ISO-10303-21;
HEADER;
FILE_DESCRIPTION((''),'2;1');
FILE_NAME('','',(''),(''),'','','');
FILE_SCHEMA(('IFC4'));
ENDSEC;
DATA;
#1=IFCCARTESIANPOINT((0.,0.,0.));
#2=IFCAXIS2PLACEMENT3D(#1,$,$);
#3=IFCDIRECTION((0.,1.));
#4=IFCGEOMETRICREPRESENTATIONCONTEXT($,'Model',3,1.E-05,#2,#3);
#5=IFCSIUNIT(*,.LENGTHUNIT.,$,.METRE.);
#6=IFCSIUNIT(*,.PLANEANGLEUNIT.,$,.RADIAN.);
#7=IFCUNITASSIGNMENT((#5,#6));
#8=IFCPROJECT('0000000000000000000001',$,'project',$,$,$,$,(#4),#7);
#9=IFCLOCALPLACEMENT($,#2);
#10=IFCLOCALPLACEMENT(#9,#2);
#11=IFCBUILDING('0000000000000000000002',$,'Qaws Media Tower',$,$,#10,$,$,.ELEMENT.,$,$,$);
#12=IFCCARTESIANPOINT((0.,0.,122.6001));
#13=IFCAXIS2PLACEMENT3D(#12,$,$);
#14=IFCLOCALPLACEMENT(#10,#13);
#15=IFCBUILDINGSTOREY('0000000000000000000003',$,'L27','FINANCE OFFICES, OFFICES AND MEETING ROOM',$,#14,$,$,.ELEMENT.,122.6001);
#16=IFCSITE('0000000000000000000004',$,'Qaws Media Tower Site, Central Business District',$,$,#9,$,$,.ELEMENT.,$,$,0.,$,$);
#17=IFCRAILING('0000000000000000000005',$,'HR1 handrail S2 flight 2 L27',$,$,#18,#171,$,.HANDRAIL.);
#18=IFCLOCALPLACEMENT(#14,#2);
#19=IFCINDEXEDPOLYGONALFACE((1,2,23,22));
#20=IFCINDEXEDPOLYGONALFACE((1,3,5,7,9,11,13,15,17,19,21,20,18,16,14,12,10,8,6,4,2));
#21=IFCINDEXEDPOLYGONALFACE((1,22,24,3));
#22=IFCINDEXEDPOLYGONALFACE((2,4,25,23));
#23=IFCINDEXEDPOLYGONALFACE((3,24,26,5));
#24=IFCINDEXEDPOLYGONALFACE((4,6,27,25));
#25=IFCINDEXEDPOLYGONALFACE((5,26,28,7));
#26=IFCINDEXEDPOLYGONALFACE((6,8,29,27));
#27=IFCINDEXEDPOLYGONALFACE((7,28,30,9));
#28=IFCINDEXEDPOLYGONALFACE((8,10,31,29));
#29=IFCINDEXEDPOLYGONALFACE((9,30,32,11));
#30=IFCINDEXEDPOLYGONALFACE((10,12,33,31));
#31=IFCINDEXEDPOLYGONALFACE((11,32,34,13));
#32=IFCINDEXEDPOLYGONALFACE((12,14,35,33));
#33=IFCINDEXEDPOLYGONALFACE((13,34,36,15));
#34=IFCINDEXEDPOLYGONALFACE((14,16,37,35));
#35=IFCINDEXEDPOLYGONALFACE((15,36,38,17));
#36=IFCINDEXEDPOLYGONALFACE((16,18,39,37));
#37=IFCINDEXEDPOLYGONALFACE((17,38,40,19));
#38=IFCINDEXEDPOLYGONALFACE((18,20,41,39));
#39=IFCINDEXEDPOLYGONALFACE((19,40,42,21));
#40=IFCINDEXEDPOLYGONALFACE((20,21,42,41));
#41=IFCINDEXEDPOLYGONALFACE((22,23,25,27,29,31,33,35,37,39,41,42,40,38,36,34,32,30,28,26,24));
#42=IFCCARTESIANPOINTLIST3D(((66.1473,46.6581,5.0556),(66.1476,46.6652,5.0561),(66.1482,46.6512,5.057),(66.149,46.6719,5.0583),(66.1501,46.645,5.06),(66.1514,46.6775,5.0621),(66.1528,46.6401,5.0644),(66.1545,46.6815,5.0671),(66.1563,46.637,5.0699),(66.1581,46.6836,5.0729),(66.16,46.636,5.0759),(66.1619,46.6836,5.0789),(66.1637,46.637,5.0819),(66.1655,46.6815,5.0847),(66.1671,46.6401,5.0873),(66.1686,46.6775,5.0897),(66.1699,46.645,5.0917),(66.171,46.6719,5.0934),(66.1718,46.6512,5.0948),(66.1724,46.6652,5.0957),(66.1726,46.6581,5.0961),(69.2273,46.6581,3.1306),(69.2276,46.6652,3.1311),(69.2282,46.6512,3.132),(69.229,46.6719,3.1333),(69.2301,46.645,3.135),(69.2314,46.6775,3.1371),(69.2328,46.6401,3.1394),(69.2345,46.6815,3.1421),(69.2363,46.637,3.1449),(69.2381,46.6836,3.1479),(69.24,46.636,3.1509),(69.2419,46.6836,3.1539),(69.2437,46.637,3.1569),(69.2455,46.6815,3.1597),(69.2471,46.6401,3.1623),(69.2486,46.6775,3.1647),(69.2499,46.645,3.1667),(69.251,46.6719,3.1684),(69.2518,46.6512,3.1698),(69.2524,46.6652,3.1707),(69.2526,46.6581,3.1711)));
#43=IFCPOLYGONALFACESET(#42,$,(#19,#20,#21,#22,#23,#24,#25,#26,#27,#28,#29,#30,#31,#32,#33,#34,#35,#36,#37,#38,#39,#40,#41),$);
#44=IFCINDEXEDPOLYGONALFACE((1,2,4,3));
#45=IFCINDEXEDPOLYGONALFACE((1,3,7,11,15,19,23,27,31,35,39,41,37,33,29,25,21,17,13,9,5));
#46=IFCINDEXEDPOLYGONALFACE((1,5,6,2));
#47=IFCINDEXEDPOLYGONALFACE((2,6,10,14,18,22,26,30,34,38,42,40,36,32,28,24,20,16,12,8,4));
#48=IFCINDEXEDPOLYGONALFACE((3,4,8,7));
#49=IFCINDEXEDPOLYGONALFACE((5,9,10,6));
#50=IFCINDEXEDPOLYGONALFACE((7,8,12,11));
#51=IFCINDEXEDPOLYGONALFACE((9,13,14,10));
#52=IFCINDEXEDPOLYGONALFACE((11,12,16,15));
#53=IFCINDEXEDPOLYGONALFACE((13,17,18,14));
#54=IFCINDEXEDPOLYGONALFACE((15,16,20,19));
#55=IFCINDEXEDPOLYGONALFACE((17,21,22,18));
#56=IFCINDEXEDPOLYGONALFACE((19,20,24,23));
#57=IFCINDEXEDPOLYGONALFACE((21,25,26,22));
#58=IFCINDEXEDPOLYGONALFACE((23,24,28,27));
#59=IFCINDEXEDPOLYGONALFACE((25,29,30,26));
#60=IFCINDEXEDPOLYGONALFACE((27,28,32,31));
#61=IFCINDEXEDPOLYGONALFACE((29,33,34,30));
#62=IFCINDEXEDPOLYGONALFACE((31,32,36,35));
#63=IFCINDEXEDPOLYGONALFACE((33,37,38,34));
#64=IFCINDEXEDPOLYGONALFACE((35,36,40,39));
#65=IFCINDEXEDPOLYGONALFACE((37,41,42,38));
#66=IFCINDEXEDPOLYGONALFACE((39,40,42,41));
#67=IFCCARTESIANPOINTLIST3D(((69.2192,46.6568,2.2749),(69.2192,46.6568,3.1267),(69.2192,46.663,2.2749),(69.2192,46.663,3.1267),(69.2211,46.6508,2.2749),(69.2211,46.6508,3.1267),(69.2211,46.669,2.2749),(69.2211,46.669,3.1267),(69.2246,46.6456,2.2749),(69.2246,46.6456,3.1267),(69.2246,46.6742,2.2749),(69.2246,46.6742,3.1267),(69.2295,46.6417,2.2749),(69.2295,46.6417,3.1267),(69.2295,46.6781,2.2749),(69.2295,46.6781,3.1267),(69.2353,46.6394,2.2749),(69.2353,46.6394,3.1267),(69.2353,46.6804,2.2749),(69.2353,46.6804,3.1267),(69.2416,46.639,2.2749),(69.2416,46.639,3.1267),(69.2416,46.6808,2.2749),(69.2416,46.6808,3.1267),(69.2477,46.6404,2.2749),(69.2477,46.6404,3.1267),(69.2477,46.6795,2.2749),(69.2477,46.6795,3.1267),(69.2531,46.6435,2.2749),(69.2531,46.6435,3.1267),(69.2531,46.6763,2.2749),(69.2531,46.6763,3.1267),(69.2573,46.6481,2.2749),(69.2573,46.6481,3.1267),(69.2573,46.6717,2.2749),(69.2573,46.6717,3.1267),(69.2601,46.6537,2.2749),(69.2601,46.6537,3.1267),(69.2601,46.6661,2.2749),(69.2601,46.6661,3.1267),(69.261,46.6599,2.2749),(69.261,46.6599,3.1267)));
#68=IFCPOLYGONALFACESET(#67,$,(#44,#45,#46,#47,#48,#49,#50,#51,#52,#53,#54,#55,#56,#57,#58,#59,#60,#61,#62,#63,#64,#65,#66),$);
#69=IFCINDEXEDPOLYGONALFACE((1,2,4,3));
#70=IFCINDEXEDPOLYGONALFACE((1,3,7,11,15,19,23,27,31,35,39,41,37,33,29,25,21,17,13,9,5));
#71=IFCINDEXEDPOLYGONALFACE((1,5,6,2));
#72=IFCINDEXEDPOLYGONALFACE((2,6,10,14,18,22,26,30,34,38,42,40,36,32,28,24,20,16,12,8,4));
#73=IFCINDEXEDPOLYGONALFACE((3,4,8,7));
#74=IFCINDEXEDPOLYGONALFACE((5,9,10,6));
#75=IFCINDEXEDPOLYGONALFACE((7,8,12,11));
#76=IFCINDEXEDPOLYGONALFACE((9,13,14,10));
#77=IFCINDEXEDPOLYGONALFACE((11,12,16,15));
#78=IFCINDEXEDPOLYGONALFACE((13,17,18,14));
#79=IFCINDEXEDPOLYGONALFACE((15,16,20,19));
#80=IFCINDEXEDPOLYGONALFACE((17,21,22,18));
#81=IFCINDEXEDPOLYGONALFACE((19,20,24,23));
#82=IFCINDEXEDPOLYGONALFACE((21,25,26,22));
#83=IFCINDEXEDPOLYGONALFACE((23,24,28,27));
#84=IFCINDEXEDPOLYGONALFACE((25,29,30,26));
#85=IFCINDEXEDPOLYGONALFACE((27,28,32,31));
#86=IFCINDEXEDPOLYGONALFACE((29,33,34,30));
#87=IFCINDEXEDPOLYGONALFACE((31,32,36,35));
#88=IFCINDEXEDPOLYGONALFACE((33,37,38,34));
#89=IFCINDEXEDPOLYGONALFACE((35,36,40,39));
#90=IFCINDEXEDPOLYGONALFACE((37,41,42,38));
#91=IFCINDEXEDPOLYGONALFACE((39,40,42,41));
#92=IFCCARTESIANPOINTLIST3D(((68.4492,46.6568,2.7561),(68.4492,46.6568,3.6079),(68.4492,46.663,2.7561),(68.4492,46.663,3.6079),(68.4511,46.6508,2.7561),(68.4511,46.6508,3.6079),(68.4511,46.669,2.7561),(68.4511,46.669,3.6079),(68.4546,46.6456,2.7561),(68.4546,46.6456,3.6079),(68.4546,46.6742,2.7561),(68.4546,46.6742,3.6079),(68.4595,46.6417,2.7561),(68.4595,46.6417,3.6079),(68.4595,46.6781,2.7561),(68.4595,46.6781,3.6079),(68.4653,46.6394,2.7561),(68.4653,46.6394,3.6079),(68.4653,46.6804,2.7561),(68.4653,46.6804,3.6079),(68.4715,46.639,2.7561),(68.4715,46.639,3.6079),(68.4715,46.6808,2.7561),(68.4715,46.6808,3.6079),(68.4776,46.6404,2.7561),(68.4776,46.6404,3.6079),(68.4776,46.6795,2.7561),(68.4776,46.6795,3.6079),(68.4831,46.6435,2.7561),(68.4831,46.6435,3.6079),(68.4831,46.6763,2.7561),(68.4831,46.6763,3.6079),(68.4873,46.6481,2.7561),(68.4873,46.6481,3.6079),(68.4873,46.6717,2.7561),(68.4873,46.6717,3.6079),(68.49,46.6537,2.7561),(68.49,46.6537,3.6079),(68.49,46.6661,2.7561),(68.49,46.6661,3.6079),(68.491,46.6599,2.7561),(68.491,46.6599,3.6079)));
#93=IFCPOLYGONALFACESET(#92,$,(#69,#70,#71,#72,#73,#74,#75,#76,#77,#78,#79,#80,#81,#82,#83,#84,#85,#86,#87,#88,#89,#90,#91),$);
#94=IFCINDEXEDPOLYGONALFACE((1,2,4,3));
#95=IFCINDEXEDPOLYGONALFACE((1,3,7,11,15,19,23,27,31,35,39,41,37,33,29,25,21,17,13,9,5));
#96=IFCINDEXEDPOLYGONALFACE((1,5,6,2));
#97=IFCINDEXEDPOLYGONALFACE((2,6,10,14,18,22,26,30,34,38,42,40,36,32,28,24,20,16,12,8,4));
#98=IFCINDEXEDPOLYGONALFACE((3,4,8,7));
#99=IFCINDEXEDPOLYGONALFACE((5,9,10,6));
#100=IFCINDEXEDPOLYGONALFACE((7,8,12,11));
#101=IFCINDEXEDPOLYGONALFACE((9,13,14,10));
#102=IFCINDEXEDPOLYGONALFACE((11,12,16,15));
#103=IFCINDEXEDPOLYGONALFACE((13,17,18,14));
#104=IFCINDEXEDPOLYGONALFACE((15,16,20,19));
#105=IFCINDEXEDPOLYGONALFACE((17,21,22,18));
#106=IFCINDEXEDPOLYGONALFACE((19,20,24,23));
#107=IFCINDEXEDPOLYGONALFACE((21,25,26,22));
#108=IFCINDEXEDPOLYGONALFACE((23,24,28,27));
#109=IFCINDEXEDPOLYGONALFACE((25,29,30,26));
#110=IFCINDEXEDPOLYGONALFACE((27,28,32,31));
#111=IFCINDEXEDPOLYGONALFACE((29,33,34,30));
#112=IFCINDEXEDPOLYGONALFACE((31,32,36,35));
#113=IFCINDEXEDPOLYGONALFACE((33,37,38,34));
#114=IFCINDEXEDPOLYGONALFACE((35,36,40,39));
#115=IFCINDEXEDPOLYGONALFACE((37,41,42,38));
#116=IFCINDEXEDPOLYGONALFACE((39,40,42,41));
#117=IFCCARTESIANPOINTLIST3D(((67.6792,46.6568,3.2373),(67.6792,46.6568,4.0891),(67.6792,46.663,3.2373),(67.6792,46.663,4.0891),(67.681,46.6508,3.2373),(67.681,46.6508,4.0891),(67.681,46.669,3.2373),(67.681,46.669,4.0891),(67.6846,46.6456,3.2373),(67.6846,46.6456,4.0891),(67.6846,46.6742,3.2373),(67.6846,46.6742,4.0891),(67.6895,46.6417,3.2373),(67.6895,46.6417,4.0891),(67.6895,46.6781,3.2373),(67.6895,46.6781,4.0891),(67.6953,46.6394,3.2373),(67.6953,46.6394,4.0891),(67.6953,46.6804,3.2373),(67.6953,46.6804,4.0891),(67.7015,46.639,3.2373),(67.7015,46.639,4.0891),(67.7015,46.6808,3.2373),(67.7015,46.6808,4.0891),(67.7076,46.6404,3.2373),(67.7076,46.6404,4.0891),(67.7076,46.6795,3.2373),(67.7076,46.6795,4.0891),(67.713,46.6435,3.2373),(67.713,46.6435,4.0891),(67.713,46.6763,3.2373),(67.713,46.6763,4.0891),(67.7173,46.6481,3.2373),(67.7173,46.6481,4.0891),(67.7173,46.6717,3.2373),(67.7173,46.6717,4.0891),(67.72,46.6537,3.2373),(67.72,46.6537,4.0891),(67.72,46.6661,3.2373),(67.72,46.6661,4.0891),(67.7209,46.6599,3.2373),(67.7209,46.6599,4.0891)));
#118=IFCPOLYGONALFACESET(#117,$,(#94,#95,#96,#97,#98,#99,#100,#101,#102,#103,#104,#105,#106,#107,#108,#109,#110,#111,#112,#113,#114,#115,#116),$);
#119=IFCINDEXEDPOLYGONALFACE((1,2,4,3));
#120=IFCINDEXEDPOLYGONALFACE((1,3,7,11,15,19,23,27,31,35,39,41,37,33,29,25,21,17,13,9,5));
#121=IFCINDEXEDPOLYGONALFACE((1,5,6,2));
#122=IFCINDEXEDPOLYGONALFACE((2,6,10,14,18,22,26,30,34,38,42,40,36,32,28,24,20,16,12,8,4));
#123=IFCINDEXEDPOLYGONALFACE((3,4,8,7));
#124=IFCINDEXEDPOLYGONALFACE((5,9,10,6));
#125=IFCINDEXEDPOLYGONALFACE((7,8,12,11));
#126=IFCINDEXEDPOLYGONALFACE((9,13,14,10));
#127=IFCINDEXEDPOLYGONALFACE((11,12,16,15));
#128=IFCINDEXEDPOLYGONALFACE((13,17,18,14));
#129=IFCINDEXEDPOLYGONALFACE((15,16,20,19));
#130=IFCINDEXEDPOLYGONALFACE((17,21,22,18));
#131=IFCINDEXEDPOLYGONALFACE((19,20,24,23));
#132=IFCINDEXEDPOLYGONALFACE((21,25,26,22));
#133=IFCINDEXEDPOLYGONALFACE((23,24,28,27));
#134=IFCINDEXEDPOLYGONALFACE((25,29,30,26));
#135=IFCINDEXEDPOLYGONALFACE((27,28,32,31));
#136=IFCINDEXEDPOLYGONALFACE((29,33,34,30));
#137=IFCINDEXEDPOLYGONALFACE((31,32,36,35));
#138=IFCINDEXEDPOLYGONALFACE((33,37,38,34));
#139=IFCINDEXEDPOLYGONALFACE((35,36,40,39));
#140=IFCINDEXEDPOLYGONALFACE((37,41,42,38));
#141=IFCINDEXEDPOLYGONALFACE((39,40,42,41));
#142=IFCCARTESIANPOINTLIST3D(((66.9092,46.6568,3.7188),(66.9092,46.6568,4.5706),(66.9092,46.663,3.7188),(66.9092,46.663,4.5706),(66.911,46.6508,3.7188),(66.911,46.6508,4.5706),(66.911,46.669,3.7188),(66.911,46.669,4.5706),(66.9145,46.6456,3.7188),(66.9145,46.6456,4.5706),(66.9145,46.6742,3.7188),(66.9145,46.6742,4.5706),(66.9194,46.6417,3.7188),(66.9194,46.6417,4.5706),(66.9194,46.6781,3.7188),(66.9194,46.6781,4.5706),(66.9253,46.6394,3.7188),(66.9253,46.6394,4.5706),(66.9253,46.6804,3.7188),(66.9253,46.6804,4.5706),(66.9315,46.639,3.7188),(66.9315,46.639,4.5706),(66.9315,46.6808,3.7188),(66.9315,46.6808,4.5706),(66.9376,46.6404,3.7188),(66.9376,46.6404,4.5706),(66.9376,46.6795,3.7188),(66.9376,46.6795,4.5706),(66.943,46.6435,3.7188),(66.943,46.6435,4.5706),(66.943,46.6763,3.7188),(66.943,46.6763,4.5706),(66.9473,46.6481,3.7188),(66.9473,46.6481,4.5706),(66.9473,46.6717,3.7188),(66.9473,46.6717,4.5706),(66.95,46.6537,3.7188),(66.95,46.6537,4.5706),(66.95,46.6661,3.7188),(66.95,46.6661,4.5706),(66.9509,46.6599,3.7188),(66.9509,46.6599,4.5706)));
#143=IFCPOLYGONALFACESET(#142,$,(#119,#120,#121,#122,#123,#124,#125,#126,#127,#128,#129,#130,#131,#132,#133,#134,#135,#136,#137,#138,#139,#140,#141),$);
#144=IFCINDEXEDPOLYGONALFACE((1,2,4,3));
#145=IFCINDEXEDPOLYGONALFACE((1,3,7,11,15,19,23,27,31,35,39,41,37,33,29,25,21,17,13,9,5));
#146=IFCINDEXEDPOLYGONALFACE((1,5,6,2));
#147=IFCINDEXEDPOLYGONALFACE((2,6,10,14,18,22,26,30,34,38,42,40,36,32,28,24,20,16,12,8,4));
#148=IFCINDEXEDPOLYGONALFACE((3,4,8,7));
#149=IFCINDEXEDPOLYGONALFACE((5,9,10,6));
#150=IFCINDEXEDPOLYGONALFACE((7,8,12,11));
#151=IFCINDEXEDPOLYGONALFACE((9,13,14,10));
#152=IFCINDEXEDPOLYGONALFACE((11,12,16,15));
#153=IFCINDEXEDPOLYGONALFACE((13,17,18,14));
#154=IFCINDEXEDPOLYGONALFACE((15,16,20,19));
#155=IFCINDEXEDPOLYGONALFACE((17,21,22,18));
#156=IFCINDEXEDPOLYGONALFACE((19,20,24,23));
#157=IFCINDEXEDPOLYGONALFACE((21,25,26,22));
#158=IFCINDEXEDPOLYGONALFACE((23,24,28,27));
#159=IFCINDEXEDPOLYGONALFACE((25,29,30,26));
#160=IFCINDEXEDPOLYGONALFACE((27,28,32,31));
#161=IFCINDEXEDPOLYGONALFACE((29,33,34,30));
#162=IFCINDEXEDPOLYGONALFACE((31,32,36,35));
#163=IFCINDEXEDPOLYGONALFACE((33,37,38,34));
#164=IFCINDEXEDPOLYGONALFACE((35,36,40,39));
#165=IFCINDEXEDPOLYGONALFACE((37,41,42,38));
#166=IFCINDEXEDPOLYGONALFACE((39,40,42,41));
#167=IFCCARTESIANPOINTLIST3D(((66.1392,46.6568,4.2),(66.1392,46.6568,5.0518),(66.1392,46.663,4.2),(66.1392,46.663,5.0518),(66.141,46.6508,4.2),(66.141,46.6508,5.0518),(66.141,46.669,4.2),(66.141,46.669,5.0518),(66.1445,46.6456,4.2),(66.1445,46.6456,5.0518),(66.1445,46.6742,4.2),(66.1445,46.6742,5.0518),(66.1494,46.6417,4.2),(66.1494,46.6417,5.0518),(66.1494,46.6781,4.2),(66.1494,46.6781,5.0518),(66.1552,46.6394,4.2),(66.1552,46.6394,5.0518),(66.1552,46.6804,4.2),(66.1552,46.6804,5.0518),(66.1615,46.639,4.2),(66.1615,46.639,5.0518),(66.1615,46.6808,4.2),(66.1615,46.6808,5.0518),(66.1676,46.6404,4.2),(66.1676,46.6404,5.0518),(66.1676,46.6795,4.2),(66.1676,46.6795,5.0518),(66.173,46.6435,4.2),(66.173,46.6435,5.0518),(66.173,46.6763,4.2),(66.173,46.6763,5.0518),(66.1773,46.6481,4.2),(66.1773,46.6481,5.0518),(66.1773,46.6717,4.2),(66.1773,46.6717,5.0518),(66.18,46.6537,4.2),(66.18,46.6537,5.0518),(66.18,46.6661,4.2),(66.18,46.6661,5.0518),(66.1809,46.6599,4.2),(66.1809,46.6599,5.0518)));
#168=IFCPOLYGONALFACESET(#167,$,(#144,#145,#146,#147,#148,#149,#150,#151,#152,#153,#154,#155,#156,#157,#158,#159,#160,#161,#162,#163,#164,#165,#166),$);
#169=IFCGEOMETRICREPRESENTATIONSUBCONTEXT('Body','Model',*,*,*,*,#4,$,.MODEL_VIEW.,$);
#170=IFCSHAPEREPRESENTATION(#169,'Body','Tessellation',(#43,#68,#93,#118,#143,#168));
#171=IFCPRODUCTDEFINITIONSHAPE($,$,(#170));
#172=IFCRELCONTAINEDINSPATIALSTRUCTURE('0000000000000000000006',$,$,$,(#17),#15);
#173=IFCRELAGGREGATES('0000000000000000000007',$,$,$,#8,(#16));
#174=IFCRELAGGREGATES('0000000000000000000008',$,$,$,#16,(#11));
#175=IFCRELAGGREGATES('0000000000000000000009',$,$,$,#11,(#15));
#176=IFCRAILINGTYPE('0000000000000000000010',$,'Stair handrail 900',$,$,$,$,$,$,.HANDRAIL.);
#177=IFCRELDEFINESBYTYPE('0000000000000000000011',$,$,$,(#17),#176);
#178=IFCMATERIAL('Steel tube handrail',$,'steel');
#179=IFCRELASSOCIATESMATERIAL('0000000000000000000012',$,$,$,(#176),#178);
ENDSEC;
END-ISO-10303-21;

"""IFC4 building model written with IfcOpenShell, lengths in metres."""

from ifc_helpers import new_model, si_unit, direction, frame, origin, origin_2d, place, context, subcontext, project, spatial, circle, extrude, material, type_object, element, save


model = new_model("IFC4")

# Units and contexts
model_context = context("Model", 3, precision=1e-05, world=origin(), true_north=direction((0.0, 1.0)))
body_context = subcontext(model_context, "Body", "Model", "MODEL_VIEW")
ifc_project = project(units=[si_unit("LENGTHUNIT", "METRE"), si_unit("PLANEANGLEUNIT", "RADIAN")], contexts=[model_context])

# Site, building, storey
site_placement = place(None, origin())
site = spatial("IfcSite", under=ifc_project, at=site_placement, Name="Qaws Media Tower Site, Central Business District", CompositionType="ELEMENT", RefElevation=0.0)
building_placement = place(site_placement, origin())
building = spatial("IfcBuilding", under=site, at=building_placement, Name="Qaws Media Tower", CompositionType="ELEMENT")
storey_placement = place(building_placement, frame((0.0, 0.0, 122.6001)))
storey = spatial("IfcBuildingStorey", under=building, at=storey_placement, Name="L27", Description="FINANCE OFFICES, OFFICES AND MEETING ROOM", CompositionType="ELEMENT", Elevation=122.6001)

# Railing
ifc_material_1 = material(Name="Steel tube handrail", Category="steel")
railing_type = type_object("IfcRailingType", Name="Stair handrail 900", PredefinedType="HANDRAIL", material=ifc_material_1)
for number, where, name in (
    (1, (69.24, 46.6599, 2.2749), "HR1 handrail S2 flight 2 L27"),
):
    element("IfcRailing", number, at=place(storey_placement, frame(where)), inside=storey, type_object=railing_type, Name=name, PredefinedType="HANDRAIL", context=body_context, shape_type="SweptSolid", body=[
        extrude(circle(Radius=0.0239, at=origin_2d()), frame((0.0, 0.0, 0.876), z_axis=(-0.847998, 0.0, 0.529999), x_axis=(0.0, -1.0, 0.0)), (0.0, 0.0, 1.0), 3.6321),
        extrude(circle(Radius=0.021, at=origin_2d()), origin(), (0.0, 0.0, 1.0), 0.8518),
        extrude(circle(Radius=0.021, at=origin_2d()), frame((-0.77, 0.0, 0.4812)), (0.0, 0.0, 1.0), 0.8518),
        extrude(circle(Radius=0.021, at=origin_2d()), frame((-1.54, 0.0, 0.9624)), (0.0, 0.0, 1.0), 0.8518),
        extrude(circle(Radius=0.021, at=origin_2d()), frame((-2.3101, 0.0, 1.4438)), (0.0, 0.0, 1.0), 0.8518),
        extrude(circle(Radius=0.021, at=origin_2d()), frame((-3.0801, 0.0, 1.925)), (0.0, 0.0, 1.0), 0.8518),
    ])

save(model, "model.ifc")
